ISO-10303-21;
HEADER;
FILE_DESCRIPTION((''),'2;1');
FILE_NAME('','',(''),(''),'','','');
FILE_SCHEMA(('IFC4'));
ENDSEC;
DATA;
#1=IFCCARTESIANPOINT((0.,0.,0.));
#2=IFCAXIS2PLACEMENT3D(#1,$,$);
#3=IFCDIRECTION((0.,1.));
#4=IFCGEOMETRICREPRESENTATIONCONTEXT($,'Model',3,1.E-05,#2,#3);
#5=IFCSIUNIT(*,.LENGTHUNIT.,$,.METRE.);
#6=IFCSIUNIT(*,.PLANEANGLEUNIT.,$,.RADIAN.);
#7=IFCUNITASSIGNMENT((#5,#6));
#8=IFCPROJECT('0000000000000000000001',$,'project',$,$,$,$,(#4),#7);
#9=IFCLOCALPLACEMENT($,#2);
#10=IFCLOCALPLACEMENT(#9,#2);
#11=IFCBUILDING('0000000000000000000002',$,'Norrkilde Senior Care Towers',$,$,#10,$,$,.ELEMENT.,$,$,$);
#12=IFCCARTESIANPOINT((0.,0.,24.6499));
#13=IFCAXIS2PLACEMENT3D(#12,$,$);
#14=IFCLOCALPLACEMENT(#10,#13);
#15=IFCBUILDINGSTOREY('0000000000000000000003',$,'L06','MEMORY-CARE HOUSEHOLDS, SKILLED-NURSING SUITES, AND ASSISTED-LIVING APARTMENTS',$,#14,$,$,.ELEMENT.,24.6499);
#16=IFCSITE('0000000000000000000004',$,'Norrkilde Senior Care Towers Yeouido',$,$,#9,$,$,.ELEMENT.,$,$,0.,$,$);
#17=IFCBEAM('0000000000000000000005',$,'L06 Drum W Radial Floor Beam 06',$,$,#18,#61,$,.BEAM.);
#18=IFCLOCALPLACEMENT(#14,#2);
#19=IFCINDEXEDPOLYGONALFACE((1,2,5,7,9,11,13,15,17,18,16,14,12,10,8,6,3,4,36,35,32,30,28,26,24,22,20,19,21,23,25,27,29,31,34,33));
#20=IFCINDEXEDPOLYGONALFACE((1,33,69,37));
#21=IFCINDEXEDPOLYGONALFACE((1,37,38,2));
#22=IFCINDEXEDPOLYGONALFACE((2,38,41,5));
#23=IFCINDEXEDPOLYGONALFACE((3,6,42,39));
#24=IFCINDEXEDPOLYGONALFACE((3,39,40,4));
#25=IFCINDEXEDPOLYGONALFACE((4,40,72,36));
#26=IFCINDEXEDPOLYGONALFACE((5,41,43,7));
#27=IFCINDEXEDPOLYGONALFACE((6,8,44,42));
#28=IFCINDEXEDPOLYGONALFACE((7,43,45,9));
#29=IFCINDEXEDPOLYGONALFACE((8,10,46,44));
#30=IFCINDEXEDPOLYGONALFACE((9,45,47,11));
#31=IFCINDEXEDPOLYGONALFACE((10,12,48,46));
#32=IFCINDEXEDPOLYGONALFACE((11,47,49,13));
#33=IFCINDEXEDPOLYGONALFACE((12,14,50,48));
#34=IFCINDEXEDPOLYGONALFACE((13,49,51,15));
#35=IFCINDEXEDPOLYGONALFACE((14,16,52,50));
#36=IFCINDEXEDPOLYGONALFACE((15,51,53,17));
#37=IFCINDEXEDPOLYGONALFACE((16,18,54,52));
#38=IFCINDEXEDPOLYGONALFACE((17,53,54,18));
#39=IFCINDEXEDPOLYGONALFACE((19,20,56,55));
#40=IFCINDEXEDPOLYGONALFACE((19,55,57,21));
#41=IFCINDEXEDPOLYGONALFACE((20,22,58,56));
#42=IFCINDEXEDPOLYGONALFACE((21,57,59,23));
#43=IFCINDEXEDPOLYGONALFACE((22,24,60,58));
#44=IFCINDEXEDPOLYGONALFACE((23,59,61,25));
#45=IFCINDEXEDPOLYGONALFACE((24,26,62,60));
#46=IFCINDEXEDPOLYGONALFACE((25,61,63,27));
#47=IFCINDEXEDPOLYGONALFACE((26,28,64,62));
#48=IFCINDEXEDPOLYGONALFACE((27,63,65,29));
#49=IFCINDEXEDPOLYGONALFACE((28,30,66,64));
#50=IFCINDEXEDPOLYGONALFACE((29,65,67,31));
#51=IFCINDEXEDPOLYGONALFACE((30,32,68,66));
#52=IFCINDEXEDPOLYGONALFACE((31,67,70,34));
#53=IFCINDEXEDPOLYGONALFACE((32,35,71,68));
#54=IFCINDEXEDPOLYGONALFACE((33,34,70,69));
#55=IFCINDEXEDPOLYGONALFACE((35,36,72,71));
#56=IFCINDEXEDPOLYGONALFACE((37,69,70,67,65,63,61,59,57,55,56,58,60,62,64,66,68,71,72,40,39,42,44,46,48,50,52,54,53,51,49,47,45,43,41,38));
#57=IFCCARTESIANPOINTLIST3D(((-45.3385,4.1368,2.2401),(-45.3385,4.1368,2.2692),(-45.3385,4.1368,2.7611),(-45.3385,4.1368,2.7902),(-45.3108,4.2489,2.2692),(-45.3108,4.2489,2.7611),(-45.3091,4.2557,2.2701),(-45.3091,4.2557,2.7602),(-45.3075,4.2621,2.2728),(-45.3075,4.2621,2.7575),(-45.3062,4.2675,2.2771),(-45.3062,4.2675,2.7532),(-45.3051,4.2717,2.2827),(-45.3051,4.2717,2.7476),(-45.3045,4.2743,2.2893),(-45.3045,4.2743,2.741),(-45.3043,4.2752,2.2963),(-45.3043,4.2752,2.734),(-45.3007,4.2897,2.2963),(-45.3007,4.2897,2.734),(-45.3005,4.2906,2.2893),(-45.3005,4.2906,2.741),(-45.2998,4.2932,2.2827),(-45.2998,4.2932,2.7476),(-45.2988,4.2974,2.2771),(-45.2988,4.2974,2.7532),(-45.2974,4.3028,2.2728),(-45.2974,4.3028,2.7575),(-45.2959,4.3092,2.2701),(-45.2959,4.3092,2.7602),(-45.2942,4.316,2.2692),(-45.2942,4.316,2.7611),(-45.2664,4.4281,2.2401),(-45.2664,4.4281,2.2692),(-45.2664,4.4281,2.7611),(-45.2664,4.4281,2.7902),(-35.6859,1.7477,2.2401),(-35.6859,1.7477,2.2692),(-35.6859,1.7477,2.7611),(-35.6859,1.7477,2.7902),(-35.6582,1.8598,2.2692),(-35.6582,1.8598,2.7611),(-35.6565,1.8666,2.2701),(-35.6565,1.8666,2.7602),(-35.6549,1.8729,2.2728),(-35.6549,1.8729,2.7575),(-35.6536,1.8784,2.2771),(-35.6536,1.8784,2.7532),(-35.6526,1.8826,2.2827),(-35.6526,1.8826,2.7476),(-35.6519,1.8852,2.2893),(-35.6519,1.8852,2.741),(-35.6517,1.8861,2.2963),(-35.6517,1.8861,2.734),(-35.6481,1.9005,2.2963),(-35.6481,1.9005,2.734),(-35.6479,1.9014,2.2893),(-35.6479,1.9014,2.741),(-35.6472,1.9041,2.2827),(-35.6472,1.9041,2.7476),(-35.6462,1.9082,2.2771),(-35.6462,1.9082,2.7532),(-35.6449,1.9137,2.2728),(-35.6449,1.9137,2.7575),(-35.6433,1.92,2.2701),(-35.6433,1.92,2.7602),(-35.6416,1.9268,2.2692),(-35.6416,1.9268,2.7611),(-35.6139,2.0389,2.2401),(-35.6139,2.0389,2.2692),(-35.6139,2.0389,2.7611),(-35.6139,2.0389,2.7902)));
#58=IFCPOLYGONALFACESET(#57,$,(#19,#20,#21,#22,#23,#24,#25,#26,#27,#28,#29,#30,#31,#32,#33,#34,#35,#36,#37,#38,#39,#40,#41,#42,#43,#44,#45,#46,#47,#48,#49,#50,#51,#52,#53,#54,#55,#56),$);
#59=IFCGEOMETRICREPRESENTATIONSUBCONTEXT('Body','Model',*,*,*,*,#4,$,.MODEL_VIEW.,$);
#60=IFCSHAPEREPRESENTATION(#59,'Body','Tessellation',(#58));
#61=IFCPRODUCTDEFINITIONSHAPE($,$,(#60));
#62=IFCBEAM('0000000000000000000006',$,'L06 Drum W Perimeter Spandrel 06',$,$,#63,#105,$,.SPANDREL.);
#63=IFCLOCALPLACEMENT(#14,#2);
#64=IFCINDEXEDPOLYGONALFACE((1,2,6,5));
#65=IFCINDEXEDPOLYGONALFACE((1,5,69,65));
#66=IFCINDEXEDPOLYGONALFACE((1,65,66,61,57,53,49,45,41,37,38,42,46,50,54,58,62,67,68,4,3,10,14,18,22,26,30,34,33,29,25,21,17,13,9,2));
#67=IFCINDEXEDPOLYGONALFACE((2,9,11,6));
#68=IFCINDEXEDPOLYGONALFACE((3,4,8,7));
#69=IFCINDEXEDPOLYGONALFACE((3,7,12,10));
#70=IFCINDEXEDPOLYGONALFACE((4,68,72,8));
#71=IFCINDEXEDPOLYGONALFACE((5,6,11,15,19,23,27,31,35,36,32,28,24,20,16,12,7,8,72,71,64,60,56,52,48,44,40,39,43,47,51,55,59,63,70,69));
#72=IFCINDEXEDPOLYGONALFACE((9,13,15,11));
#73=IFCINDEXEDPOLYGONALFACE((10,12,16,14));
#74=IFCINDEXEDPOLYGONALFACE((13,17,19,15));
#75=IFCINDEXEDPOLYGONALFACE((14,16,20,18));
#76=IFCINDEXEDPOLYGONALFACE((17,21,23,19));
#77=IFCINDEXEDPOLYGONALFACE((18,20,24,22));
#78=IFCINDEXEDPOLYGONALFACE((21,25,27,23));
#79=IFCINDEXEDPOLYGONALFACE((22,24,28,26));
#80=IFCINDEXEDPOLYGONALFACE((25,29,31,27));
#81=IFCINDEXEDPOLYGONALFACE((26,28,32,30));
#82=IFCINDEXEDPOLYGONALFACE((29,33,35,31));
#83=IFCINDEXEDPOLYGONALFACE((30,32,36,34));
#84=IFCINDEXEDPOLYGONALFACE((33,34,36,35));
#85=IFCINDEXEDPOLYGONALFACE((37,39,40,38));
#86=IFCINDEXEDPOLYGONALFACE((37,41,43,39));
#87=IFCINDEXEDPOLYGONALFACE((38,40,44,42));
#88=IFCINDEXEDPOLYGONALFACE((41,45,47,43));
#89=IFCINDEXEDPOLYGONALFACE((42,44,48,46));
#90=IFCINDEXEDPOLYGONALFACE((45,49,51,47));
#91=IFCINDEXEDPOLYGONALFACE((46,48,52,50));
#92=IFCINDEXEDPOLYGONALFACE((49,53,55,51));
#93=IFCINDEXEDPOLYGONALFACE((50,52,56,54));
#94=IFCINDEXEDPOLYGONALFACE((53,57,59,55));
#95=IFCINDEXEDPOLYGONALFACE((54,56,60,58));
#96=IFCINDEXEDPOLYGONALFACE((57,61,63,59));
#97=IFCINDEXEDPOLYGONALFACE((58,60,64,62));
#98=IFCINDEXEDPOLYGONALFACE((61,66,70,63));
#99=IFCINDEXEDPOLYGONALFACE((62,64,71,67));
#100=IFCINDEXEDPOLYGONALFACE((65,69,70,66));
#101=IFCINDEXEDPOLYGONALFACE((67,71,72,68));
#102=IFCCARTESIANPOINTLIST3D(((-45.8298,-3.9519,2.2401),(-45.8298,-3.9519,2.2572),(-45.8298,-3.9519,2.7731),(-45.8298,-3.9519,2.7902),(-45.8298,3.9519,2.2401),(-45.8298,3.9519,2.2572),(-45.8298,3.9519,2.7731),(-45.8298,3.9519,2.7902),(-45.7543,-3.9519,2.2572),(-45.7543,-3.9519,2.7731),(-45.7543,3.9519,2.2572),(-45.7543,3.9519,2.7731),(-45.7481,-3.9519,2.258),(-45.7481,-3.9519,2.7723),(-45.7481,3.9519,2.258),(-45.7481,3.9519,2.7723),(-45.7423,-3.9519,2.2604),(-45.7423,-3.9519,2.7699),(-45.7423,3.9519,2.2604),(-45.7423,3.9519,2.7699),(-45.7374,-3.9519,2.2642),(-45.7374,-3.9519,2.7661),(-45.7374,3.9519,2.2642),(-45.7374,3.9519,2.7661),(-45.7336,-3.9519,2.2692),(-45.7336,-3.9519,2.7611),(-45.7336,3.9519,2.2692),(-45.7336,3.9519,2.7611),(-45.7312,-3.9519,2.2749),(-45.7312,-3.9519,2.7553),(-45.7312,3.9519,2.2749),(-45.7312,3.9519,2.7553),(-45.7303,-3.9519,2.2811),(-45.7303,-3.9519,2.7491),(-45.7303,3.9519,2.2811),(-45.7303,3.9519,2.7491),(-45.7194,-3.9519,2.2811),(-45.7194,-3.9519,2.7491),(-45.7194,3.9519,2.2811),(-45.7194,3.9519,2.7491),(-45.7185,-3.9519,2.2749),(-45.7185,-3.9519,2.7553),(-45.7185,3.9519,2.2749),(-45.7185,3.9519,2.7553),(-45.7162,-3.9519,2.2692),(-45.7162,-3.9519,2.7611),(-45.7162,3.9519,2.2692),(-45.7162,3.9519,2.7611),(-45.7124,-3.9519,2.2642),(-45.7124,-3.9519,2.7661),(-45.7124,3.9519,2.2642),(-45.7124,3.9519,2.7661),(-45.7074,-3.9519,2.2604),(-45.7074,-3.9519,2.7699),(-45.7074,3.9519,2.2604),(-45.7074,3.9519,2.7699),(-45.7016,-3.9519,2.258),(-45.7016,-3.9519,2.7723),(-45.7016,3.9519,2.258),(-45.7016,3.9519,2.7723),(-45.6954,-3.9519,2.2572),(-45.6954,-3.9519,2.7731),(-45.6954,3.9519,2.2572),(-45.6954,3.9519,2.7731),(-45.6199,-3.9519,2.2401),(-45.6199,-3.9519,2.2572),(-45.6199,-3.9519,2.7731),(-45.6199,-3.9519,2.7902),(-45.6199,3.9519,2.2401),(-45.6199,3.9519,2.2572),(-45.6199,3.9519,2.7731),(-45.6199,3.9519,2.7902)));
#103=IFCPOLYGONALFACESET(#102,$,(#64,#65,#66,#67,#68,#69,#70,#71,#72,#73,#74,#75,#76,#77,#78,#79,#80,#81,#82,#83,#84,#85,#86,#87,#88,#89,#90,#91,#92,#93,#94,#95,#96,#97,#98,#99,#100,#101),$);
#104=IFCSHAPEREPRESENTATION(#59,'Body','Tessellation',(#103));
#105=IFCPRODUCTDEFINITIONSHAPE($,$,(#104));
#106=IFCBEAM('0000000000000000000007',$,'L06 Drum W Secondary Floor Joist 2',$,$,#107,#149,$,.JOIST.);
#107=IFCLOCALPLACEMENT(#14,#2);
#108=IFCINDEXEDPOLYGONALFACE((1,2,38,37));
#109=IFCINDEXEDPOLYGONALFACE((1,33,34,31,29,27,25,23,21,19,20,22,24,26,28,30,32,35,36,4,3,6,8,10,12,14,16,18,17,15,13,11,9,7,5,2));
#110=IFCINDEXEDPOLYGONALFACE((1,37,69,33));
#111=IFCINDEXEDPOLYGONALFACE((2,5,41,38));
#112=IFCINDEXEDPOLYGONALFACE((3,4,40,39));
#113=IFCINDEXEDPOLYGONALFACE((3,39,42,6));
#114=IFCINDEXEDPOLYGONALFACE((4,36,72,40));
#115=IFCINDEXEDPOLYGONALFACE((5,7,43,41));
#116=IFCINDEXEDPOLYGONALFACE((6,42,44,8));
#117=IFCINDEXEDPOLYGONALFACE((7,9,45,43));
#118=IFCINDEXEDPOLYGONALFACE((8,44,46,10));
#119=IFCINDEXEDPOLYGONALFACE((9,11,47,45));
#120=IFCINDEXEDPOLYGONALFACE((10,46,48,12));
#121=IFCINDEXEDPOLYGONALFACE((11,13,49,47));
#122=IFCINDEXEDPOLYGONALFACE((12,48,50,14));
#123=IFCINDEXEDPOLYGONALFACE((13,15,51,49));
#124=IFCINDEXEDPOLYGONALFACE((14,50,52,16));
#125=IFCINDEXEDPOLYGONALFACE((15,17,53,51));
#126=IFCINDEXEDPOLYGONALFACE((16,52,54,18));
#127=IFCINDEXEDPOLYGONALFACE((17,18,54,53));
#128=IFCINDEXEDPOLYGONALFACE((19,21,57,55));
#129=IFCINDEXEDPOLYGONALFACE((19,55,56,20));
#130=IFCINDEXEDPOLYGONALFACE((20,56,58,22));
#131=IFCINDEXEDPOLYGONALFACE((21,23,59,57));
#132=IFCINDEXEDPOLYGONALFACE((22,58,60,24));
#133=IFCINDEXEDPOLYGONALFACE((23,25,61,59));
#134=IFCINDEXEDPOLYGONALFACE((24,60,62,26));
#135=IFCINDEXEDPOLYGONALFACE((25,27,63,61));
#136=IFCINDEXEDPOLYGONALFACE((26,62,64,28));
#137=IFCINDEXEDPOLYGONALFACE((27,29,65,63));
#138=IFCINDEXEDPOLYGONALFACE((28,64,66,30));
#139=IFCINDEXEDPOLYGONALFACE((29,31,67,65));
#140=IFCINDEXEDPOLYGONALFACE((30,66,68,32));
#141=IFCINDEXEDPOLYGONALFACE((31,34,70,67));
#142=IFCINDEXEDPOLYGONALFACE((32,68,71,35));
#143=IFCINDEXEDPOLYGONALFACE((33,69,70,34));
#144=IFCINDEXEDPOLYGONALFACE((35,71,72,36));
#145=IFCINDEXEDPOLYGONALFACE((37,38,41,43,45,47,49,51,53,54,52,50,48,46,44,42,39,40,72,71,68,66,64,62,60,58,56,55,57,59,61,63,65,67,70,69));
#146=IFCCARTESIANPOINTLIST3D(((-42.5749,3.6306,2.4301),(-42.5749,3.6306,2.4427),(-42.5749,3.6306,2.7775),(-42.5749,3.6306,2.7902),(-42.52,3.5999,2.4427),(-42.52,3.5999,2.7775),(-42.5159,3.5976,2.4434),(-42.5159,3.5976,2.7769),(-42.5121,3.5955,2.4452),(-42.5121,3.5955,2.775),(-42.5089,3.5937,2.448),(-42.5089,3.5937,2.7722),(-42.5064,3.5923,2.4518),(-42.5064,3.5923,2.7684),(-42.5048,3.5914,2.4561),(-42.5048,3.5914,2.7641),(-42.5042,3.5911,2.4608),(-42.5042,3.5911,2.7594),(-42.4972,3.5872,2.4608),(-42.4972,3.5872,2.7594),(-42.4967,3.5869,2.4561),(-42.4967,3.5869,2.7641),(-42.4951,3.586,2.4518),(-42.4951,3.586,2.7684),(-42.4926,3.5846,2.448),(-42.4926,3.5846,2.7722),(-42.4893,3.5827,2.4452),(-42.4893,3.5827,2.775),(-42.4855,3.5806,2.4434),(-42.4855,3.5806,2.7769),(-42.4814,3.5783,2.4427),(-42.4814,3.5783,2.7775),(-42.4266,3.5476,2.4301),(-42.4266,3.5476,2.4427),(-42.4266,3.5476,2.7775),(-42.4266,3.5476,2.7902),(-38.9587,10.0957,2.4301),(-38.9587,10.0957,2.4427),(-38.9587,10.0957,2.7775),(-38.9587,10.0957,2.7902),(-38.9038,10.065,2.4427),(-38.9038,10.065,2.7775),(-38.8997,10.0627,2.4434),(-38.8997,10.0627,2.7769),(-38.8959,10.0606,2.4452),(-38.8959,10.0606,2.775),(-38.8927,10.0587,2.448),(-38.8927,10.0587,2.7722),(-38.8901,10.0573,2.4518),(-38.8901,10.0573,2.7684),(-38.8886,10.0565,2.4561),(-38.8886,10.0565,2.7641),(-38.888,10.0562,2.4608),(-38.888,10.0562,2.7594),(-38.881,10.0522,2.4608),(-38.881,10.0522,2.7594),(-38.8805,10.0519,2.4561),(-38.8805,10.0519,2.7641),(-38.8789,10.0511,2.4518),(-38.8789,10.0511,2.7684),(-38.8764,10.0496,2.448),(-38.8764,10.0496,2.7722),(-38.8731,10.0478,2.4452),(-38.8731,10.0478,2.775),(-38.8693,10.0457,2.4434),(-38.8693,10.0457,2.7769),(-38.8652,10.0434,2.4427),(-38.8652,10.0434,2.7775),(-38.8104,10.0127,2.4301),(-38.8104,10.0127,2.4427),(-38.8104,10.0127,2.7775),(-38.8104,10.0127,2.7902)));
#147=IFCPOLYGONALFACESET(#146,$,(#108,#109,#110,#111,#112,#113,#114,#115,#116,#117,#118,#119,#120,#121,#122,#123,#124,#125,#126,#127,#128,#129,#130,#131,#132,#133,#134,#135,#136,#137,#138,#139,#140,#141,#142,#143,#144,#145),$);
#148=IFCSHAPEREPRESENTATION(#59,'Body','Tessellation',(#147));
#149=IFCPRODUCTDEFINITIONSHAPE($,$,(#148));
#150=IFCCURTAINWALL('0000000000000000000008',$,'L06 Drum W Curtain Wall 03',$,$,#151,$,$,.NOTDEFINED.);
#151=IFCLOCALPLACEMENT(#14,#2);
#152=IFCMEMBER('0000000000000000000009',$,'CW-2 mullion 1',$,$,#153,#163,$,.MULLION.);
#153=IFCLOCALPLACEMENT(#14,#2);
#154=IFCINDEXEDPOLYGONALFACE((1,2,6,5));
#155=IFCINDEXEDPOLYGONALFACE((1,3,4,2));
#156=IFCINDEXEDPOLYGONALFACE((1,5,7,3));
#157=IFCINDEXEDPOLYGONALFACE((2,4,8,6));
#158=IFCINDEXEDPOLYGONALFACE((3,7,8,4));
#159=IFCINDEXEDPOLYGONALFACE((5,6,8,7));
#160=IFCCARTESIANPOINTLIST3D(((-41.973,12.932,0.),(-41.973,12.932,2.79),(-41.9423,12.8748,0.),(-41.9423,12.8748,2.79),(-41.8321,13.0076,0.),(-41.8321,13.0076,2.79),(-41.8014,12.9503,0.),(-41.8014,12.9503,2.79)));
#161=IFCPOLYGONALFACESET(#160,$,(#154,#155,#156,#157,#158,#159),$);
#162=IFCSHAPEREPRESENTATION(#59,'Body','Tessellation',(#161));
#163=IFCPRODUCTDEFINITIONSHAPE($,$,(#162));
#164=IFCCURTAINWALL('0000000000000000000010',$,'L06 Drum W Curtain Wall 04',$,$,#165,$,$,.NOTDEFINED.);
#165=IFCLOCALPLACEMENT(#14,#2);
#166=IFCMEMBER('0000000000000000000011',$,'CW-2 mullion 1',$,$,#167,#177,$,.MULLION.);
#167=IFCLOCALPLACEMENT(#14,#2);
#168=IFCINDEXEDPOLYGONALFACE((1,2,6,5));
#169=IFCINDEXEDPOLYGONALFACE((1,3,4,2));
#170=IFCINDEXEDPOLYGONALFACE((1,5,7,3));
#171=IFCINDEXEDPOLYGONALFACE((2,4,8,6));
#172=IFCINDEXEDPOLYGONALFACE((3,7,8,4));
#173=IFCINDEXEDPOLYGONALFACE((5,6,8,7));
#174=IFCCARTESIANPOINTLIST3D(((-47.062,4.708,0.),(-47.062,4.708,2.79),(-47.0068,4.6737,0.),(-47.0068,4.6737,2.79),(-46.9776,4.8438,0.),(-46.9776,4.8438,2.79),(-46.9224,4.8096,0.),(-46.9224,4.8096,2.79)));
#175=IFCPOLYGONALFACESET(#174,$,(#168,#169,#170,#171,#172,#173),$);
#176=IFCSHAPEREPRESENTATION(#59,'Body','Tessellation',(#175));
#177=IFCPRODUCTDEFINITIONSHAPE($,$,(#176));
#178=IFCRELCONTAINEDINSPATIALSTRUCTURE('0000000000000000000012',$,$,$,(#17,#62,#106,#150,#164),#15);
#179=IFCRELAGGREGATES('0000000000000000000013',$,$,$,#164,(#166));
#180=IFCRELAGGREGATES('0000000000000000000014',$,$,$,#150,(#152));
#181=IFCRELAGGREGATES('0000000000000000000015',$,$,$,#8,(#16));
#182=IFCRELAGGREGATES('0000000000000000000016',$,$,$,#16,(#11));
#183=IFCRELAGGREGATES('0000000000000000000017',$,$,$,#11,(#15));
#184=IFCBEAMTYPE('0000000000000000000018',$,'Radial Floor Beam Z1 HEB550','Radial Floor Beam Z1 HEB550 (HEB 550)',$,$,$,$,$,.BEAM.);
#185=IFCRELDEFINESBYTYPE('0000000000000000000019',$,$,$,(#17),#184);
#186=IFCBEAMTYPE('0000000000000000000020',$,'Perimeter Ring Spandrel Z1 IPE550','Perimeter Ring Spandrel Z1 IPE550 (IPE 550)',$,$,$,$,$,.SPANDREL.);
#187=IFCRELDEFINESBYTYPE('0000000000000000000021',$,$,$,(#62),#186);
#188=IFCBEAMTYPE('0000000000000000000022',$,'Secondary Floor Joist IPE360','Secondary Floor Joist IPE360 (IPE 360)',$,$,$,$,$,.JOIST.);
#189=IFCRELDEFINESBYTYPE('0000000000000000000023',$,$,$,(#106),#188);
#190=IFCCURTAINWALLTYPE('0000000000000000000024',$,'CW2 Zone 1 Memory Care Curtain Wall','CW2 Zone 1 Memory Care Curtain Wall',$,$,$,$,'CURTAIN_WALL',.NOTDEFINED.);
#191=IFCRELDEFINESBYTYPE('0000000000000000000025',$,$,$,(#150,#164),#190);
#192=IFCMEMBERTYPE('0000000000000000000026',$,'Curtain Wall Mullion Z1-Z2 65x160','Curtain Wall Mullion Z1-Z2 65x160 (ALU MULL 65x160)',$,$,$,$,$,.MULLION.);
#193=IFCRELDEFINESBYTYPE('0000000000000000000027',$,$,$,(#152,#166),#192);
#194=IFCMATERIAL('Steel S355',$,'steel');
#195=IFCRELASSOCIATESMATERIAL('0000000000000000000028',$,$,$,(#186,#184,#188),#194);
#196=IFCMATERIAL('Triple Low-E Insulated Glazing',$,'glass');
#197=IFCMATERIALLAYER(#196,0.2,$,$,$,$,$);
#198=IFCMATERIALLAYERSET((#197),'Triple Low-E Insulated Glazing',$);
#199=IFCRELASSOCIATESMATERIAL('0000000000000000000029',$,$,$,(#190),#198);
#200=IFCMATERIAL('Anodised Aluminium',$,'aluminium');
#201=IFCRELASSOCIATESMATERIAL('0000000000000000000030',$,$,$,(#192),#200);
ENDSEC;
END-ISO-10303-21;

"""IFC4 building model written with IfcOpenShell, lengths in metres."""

from ifc_helpers import new_model, si_unit, direction, frame, origin, origin_2d, place, context, subcontext, project, spatial, rectangle, i_section, extrude, source, transform, mapped, material, layer, layer_set, material_profile, profile_set, type_object, type_shapes, element, aggregate, save


model = new_model("IFC4")

# Units and contexts
model_context = context("Model", 3, precision=1e-05, world=origin(), true_north=direction((0.0, 1.0)))
body_context = subcontext(model_context, "Body", "Model", "MODEL_VIEW")
ifc_project = project(units=[si_unit("LENGTHUNIT", "METRE"), si_unit("PLANEANGLEUNIT", "RADIAN")], contexts=[model_context])

# Site, building, storey
site_placement = place(None, origin())
site = spatial("IfcSite", under=ifc_project, at=site_placement, Name="Norrkilde Senior Care Towers Yeouido", CompositionType="ELEMENT", RefElevation=0.0)
building_placement = place(site_placement, origin())
building = spatial("IfcBuilding", under=site, at=building_placement, Name="Norrkilde Senior Care Towers", CompositionType="ELEMENT")
storey_placement = place(building_placement, frame((0.0, 0.0, 24.6499)))
storey = spatial("IfcBuildingStorey", under=building, at=storey_placement, Name="L06", Description="MEMORY-CARE HOUSEHOLDS, SKILLED-NURSING SUITES, AND ASSISTED-LIVING APARTMENTS", CompositionType="ELEMENT", Elevation=24.6499)

# Beams
ifc_material_1 = material(Name="Steel S355", Category="steel")
ifc_material_profile_1 = material_profile(ifc_material_1, i_section(OverallWidth=0.21, OverallDepth=0.55, WebThickness=0.011, FlangeThickness=0.0171, FilletRadius=0.0239, at=origin_2d()), Name="IPE 550")
ifc_profile_set_1 = profile_set([ifc_material_profile_1], Name="Steel S355")
beam_type_1 = type_object("IfcBeamType", Name="Perimeter Ring Spandrel Z1 IPE550", Description="Perimeter Ring Spandrel Z1 IPE550 (IPE 550)", PredefinedType="SPANDREL", material=ifc_profile_set_1)
ifc_material_profile_2 = material_profile(ifc_material_1, i_section(OverallWidth=0.3, OverallDepth=0.55, WebThickness=0.0149, FlangeThickness=0.0291, FilletRadius=0.0271, at=origin_2d()), Name="HEB 550")
ifc_profile_set_2 = profile_set([ifc_material_profile_2], Name="Steel S355")
beam_type_2 = type_object("IfcBeamType", Name="Radial Floor Beam Z1 HEB550", Description="Radial Floor Beam Z1 HEB550 (HEB 550)", PredefinedType="BEAM", material=ifc_profile_set_2)
shared_shape_1 = source(origin(), body_context, "Body", "SweptSolid", [
    extrude(i_section(OverallWidth=0.3, OverallDepth=0.55, WebThickness=0.0149, FlangeThickness=0.0291, FilletRadius=0.0271, at=origin_2d()), origin(), (0.0, 0.0, 1.0), 9.9438),
])
type_shapes(beam_type_2, [shared_shape_1])
beam_1_placement = place(storey_placement, frame((-35.6499, 1.8933, 2.5151), z_axis=(-0.970707, 0.240265, 0.0), x_axis=(-0.240265, -0.970707, 0.0)))
element("IfcBeam", 1, at=beam_1_placement, inside=storey, type_object=beam_type_2, Name="L06 Drum W Radial Floor Beam 06", PredefinedType="BEAM", context=body_context, shape_type="MappedRepresentation", body=[
    mapped(shared_shape_1, transform((0.0, 0.0, 0.0), x_axis=(1.0, 0.0, 0.0), y_axis=(0.0, 1.0, 0.0), z_axis=(0.0, 0.0, 1.0), scale=1.0)),
])
shared_shape_2 = source(origin(), body_context, "Body", "SweptSolid", [
    extrude(i_section(OverallWidth=0.21, OverallDepth=0.55, WebThickness=0.011, FlangeThickness=0.0171, FilletRadius=0.0239, at=origin_2d()), origin(), (0.0, 0.0, 1.0), 7.9038),
])
beam_2_placement = place(storey_placement, frame((-45.7249, 3.9519, 2.5151), z_axis=(0.0, -1.0, 0.0), x_axis=(1.0, 0.0, 0.0)))
element("IfcBeam", 2, at=beam_2_placement, inside=storey, type_object=beam_type_1, Name="L06 Drum W Perimeter Spandrel 06", PredefinedType="SPANDREL", context=body_context, shape_type="MappedRepresentation", body=[
    mapped(shared_shape_2, transform((0.0, 0.0, 0.0), x_axis=(1.0, 0.0, 0.0), y_axis=(0.0, 1.0, 0.0), z_axis=(0.0, 0.0, 1.0), scale=1.0)),
])
ifc_material_profile_3 = material_profile(ifc_material_1, i_section(OverallWidth=0.1699, OverallDepth=0.3601, WebThickness=0.0081, FlangeThickness=0.0127, FilletRadius=0.0181, at=origin_2d()), Name="IPE 360")
ifc_profile_set_3 = profile_set([ifc_material_profile_3], Name="Steel S355")
beam_type_3 = type_object("IfcBeamType", Name="Secondary Floor Joist IPE360", Description="Secondary Floor Joist IPE360 (IPE 360)", PredefinedType="JOIST", material=ifc_profile_set_3)
shared_shape_3 = source(origin(), body_context, "Body", "SweptSolid", [
    extrude(i_section(OverallWidth=0.1699, OverallDepth=0.3601, WebThickness=0.0081, FlangeThickness=0.0127, FilletRadius=0.0181, at=origin_2d()), origin(), (0.0, 0.0, 1.0), 7.4077),
])
type_shapes(beam_type_3, [shared_shape_3])
beam_3_placement = place(storey_placement, frame((-38.8845, 10.0542, 2.6101), z_axis=(-0.488168, -0.87275, 0.0), x_axis=(0.87275, -0.488168, 0.0)))
element("IfcBeam", 3, at=beam_3_placement, inside=storey, type_object=beam_type_3, Name="L06 Drum W Secondary Floor Joist 2", PredefinedType="JOIST", context=body_context, shape_type="MappedRepresentation", body=[
    mapped(shared_shape_3, transform((0.0, 0.0, 0.0), x_axis=(1.0, 0.0, 0.0), y_axis=(0.0, 1.0, 0.0), z_axis=(0.0, 0.0, 1.0), scale=1.0)),
])

# Curtain wall, member
ifc_material_2 = material(Name="Triple Low-E Insulated Glazing", Category="glass")
ifc_layer_1 = layer(ifc_material_2, 0.2)
ifc_layer_set_1 = layer_set([ifc_layer_1], Name="Triple Low-E Insulated Glazing")
curtain_wall_type = type_object("IfcCurtainWallType", Name="CW2 Zone 1 Memory Care Curtain Wall", Description="CW2 Zone 1 Memory Care Curtain Wall", ElementType="CURTAIN_WALL", PredefinedType="NOTDEFINED", material=ifc_layer_set_1)
curtain_wall_1_placement = place(storey_placement, origin())
curtain_wall_1 = element("IfcCurtainWall", 4, at=curtain_wall_1_placement, inside=storey, type_object=curtain_wall_type, Name="L06 Drum W Curtain Wall 03", PredefinedType="NOTDEFINED")
ifc_material_3 = material(Name="Anodised Aluminium", Category="aluminium")
ifc_material_profile_4 = material_profile(ifc_material_3, rectangle(XDim=0.0649, YDim=0.1599, at=origin_2d()), Name="ALU MULL 65x160")
ifc_profile_set_4 = profile_set([ifc_material_profile_4], Name="Anodised Aluminium")
member_type_1 = type_object("IfcMemberType", Name="Curtain Wall Mullion Z1-Z2 65x160", Description="Curtain Wall Mullion Z1-Z2 65x160 (ALU MULL 65x160)", PredefinedType="MULLION", material=ifc_profile_set_4)
shared_shape_4 = source(origin(), body_context, "Body", "SweptSolid", [
    extrude(rectangle(XDim=0.0649, YDim=0.1599, at=origin_2d()), origin(), (0.0, 0.0, 1.0), 2.79),
])
type_shapes(member_type_1, [shared_shape_4])
member_1_placement = place(storey_placement, frame((-41.8872, 12.9412, 0.0), z_axis=(0.0, 0.0, 1.0), x_axis=(-0.472608, 0.881273, 0.0)))
member_1 = element("IfcMember", 5, at=member_1_placement, type_object=member_type_1, Name="CW-2 mullion 1", PredefinedType="MULLION", context=body_context, shape_type="MappedRepresentation", body=[
    mapped(shared_shape_4, transform((0.0, 0.0, 0.0), x_axis=(1.0, 0.0, 0.0), y_axis=(0.0, 1.0, 0.0), z_axis=(0.0, 0.0, 1.0), scale=1.0)),
])

# Curtain wall, member
curtain_wall_2_placement = place(storey_placement, origin())
curtain_wall_2 = element("IfcCurtainWall", 6, at=curtain_wall_2_placement, inside=storey, type_object=curtain_wall_type, Name="L06 Drum W Curtain Wall 04", PredefinedType="NOTDEFINED")
member_2_placement = place(storey_placement, frame((-46.9922, 4.7588, 0.0), z_axis=(0.0, 0.0, 1.0), x_axis=(-0.849306, 0.527901, 0.0)))
member_2 = element("IfcMember", 7, at=member_2_placement, type_object=member_type_1, Name="CW-2 mullion 1", PredefinedType="MULLION", context=body_context, shape_type="MappedRepresentation", body=[
    mapped(shared_shape_4, transform((0.0, 0.0, 0.0), x_axis=(1.0, 0.0, 0.0), y_axis=(0.0, 1.0, 0.0), z_axis=(0.0, 0.0, 1.0), scale=1.0)),
])

aggregate(curtain_wall_2, [member_2])
aggregate(curtain_wall_1, [member_1])

save(model, "model.ifc")
